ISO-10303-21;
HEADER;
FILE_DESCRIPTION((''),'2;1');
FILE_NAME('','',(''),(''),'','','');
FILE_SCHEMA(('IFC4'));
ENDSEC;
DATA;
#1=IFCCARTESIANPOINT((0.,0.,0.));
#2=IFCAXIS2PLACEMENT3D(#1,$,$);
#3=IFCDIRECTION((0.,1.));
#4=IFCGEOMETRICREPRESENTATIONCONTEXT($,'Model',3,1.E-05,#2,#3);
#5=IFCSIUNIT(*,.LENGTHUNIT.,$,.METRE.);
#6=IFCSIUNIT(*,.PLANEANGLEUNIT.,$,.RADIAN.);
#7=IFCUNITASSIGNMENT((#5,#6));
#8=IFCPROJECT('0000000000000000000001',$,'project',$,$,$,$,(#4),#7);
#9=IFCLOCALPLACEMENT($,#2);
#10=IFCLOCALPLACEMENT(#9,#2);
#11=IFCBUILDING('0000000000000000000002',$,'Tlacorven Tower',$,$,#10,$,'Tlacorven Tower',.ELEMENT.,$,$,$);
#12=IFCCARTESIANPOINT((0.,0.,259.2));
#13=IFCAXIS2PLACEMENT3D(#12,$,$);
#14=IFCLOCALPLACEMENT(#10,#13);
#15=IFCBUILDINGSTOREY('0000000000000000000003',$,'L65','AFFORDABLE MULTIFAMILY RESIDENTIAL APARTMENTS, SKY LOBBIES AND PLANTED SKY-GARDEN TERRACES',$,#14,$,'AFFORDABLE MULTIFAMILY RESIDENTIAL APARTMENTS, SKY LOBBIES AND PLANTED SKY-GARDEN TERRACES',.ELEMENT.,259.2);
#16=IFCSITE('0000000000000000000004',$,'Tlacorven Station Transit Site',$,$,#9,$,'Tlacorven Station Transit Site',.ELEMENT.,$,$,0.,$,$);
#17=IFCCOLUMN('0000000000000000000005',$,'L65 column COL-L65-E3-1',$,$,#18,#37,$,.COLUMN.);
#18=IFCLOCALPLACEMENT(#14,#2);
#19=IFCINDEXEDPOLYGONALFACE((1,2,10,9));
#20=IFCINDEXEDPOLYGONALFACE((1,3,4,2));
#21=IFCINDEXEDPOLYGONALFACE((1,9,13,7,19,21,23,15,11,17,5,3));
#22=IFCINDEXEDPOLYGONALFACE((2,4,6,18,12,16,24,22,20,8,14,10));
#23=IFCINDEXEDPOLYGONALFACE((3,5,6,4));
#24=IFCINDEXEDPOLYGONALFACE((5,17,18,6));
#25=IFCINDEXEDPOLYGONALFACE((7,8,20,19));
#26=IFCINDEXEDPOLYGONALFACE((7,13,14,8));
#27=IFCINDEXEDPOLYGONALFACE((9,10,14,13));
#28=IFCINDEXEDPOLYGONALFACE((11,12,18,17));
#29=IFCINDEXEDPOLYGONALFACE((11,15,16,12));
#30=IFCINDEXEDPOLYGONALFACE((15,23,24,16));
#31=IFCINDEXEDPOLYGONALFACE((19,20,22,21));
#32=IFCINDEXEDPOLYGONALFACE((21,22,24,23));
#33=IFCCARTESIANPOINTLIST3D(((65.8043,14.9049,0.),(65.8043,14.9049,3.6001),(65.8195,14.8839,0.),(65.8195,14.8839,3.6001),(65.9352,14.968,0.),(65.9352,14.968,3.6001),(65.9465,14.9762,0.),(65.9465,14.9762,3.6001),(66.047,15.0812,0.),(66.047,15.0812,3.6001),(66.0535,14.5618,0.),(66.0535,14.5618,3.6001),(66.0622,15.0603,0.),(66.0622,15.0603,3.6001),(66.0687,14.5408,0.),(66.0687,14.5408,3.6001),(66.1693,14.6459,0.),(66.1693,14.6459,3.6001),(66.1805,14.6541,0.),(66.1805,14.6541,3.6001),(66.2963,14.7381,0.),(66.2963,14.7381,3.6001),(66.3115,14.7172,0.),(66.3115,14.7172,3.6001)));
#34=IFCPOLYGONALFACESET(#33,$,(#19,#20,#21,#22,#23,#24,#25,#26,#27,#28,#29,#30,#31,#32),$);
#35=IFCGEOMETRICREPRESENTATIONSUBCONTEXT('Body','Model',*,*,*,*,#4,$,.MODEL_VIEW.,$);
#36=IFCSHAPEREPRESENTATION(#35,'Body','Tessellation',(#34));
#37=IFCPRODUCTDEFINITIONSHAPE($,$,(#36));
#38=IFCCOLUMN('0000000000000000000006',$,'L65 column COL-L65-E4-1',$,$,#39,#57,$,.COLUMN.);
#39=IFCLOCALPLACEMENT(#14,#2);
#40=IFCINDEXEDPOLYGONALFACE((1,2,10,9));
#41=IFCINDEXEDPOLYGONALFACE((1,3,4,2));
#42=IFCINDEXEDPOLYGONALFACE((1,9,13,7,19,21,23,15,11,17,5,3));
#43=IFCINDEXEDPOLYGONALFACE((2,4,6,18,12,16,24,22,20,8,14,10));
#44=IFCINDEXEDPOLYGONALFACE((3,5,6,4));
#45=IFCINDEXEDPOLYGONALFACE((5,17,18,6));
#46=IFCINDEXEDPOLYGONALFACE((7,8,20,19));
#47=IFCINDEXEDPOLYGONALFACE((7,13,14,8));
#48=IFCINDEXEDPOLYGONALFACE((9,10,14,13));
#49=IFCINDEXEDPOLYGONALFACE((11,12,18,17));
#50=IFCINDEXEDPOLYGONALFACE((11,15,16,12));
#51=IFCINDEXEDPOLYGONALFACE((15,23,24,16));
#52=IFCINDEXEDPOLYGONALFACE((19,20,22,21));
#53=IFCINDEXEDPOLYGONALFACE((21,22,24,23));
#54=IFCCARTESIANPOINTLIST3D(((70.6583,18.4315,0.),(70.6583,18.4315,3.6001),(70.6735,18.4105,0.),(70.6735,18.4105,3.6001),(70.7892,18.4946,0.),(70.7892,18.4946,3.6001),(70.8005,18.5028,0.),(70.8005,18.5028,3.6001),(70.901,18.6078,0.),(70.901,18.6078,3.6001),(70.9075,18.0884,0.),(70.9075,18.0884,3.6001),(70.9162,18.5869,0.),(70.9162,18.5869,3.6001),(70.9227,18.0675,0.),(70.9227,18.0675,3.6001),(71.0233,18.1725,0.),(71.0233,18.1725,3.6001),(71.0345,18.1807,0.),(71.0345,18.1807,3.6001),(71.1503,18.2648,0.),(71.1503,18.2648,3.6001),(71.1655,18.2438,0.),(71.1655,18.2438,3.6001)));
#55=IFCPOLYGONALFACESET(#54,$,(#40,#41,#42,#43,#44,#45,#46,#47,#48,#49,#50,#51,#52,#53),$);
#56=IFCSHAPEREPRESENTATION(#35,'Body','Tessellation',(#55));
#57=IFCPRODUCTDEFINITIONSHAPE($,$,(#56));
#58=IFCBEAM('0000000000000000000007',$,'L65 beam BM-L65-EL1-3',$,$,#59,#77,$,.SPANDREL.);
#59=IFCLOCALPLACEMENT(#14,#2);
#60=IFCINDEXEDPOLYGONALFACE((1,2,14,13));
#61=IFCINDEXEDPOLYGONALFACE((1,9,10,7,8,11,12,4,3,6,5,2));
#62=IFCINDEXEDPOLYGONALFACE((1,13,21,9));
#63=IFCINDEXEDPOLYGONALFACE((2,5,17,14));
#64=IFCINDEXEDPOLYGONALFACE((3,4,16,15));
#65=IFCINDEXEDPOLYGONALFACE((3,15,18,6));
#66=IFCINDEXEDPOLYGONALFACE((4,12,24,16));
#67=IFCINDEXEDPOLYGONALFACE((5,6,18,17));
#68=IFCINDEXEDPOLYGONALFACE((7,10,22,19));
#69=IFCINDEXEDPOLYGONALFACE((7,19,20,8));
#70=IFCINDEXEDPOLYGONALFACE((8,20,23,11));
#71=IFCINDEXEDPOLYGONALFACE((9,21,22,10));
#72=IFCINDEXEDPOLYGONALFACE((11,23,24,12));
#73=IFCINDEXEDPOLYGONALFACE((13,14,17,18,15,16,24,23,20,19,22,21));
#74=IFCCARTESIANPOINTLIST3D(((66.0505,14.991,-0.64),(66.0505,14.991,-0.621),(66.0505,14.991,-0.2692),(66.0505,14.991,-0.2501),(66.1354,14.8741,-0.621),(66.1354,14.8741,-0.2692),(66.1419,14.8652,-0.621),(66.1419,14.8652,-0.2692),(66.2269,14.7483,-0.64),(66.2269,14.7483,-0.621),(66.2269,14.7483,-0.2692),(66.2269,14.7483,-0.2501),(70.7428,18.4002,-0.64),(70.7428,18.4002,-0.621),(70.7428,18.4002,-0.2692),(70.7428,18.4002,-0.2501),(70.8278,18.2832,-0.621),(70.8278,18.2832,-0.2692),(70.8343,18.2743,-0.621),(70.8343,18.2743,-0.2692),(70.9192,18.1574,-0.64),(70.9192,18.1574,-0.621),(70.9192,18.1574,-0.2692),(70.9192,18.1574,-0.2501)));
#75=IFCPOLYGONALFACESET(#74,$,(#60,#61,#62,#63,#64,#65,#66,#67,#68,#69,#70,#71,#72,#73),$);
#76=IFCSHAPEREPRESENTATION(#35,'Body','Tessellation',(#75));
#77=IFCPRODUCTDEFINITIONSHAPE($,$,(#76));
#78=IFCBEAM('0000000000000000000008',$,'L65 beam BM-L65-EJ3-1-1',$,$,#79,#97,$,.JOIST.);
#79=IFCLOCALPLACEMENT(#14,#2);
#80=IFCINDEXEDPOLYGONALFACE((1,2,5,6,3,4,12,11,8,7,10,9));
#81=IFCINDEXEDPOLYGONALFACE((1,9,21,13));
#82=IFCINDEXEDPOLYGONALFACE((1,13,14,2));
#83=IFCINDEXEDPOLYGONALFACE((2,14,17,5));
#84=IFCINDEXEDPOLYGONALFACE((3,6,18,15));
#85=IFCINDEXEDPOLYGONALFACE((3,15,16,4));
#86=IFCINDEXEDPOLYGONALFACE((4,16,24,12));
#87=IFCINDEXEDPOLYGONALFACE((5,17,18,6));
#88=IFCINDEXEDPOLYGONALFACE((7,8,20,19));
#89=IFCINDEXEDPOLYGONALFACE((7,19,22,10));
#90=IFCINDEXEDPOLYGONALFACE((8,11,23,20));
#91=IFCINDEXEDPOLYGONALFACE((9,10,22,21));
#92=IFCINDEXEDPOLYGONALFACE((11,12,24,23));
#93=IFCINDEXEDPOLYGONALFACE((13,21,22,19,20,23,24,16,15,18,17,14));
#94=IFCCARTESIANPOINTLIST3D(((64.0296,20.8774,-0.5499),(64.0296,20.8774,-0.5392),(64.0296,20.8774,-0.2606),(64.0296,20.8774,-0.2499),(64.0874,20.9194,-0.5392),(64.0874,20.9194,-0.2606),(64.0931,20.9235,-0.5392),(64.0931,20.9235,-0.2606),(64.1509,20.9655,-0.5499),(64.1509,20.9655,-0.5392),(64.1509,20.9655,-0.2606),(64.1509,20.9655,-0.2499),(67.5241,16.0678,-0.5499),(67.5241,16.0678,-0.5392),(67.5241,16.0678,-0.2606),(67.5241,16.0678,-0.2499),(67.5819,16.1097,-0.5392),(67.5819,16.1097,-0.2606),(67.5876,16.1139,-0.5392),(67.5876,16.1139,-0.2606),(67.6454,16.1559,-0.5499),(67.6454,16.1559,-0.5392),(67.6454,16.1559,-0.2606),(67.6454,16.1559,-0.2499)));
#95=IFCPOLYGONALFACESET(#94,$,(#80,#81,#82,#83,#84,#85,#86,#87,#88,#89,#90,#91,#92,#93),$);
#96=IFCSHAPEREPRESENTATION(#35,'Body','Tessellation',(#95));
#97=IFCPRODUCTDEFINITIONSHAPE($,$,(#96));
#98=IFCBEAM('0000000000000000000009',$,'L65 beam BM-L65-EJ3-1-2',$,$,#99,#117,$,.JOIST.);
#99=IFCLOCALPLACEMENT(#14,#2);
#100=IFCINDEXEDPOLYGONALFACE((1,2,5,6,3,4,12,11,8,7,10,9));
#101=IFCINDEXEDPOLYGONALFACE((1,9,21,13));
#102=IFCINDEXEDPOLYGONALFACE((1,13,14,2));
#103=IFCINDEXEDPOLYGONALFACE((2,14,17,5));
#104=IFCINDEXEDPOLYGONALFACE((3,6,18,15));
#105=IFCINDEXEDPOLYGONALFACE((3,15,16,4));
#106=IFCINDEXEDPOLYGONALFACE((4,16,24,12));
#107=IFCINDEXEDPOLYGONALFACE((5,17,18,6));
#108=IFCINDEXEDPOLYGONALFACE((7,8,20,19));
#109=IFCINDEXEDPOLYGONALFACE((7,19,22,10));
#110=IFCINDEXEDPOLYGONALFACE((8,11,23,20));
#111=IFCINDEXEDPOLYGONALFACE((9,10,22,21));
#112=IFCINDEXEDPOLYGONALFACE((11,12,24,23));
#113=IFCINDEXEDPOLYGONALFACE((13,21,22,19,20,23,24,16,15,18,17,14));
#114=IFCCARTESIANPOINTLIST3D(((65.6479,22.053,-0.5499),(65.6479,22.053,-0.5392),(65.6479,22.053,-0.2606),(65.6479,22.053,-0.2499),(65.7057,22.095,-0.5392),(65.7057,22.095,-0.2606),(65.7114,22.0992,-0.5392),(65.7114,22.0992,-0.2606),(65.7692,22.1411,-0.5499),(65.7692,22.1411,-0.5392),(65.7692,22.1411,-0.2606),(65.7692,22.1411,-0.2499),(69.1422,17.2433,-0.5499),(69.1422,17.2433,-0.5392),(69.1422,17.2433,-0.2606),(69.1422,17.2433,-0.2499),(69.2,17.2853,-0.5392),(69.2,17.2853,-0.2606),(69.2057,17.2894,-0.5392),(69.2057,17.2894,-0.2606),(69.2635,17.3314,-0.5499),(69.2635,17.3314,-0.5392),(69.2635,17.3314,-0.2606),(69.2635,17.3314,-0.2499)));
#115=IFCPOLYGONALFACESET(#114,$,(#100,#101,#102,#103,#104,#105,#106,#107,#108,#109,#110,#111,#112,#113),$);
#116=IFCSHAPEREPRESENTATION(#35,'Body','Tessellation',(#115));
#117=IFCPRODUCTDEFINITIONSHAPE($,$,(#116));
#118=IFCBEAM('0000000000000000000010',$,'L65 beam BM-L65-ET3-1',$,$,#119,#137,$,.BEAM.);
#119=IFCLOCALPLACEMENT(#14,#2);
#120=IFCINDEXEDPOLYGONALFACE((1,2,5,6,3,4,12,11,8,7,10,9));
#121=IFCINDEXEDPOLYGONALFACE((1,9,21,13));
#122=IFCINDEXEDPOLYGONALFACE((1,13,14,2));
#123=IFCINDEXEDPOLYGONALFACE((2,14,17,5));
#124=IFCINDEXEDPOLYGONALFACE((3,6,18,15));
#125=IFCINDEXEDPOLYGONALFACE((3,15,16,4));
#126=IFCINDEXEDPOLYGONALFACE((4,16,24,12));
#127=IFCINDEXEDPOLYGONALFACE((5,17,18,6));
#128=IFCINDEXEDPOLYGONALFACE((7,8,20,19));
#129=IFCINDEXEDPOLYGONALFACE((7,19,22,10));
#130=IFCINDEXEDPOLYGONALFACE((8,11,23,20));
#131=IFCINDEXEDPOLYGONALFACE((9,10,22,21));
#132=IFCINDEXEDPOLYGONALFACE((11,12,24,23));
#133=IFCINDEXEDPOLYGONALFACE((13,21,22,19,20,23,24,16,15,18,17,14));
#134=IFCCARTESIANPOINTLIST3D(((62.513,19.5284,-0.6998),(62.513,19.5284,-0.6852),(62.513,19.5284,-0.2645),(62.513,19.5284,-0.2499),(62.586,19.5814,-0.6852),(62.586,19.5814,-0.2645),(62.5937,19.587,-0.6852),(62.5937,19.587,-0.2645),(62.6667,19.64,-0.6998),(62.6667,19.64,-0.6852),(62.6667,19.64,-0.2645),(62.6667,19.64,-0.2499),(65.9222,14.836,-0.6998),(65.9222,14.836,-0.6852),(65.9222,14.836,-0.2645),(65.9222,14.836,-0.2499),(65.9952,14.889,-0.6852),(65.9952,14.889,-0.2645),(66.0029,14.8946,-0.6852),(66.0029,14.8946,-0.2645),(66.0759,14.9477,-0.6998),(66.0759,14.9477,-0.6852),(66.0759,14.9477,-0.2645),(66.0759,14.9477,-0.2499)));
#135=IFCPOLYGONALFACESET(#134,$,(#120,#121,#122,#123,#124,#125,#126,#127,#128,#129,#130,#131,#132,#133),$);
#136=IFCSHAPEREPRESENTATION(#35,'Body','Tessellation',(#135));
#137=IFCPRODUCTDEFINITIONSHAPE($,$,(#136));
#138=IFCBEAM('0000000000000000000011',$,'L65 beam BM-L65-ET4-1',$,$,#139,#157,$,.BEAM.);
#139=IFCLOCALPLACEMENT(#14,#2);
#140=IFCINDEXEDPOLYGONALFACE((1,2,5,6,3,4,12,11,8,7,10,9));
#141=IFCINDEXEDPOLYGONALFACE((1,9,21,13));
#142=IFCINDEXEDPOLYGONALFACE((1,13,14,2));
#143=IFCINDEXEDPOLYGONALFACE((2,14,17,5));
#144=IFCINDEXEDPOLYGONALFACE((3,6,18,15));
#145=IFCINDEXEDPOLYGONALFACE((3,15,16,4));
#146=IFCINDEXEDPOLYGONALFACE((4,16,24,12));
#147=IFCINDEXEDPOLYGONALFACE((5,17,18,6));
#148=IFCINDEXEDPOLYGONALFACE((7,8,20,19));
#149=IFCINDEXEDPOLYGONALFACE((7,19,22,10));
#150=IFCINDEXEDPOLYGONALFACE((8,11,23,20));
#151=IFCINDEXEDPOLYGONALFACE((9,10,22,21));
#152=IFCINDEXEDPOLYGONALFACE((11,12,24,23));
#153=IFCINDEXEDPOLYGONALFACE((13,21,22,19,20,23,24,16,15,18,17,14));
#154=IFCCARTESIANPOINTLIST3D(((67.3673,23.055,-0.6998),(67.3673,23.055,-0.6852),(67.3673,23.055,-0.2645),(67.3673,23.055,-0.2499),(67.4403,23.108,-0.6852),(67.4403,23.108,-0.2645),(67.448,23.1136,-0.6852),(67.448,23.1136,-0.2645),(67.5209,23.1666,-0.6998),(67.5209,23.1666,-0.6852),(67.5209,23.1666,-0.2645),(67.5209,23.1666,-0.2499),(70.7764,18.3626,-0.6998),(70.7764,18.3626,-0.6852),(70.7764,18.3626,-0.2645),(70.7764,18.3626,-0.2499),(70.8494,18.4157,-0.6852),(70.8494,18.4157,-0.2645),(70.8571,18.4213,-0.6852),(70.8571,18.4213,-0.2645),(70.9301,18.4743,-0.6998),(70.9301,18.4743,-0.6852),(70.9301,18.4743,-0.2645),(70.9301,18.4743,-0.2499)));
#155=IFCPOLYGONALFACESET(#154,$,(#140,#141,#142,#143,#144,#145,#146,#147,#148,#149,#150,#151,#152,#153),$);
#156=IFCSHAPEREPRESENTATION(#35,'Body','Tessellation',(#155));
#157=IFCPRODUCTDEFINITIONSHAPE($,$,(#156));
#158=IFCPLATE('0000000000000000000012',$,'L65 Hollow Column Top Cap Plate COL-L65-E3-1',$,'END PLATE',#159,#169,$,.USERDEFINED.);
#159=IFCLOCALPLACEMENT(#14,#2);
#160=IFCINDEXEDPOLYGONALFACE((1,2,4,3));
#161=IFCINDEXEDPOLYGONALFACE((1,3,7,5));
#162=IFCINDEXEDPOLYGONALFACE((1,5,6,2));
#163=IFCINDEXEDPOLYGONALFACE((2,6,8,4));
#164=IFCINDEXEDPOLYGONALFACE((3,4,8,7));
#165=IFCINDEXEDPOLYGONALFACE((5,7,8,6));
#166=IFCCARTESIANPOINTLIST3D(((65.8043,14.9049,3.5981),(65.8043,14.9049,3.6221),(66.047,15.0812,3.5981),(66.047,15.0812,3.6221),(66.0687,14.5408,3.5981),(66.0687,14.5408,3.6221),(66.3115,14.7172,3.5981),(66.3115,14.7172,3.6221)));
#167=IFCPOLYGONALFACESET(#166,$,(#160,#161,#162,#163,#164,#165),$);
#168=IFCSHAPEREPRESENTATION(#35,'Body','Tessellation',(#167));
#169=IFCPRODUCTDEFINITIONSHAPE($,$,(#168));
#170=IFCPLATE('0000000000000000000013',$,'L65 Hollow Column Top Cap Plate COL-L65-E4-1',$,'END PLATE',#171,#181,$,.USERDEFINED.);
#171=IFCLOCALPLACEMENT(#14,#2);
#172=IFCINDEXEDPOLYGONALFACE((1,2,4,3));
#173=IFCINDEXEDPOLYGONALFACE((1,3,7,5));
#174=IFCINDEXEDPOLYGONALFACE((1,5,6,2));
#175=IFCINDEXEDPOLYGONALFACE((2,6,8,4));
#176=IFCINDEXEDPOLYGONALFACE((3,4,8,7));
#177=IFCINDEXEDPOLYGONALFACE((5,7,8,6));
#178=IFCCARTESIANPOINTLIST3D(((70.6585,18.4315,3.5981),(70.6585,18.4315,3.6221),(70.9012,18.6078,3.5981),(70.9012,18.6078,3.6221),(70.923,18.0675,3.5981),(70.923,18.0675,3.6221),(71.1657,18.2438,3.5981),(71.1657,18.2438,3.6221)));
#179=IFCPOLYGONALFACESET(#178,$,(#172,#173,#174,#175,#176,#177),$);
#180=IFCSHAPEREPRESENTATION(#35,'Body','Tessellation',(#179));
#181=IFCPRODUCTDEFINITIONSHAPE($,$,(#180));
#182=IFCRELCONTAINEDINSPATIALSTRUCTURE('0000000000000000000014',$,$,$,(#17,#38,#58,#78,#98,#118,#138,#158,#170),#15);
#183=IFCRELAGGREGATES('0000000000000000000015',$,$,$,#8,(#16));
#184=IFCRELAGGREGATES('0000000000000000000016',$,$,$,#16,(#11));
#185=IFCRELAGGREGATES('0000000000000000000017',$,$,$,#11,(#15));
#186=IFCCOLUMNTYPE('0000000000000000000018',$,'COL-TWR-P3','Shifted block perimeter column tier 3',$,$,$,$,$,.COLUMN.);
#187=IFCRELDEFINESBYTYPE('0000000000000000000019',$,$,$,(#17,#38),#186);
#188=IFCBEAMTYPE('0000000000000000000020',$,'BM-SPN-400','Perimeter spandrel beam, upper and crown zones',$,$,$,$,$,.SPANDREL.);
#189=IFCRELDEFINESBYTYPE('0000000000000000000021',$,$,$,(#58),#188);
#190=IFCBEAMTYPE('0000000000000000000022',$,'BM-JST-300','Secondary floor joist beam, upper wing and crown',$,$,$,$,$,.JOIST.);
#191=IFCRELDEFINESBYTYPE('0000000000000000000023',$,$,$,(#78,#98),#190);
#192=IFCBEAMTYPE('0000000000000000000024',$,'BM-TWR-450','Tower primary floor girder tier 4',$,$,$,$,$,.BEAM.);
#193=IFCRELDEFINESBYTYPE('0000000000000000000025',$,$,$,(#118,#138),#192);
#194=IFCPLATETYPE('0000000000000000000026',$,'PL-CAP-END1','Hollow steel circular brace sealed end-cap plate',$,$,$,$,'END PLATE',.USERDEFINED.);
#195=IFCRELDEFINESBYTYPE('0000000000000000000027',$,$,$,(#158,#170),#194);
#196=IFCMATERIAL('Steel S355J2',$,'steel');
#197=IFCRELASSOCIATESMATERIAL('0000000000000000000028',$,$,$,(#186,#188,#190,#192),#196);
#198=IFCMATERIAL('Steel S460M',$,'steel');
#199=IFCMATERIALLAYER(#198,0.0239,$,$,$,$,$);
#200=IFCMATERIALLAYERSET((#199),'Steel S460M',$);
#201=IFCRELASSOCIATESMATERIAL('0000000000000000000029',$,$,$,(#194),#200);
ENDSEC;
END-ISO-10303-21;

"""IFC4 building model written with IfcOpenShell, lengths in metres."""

from ifc_helpers import new_model, si_unit, direction, frame, origin, origin_2d, place, context, subcontext, project, spatial, rectangle, i_section, extrude, source, transform, mapped, material, layer, layer_set, material_profile, profile_set, type_object, element, save


model = new_model("IFC4")

# Units and contexts
model_context = context("Model", 3, precision=1e-05, world=origin(), true_north=direction((0.0, 1.0)))
body_context = subcontext(model_context, "Body", "Model", "MODEL_VIEW")
ifc_project = project(units=[si_unit("LENGTHUNIT", "METRE"), si_unit("PLANEANGLEUNIT", "RADIAN")], contexts=[model_context])

# Site, building, storey
site_placement = place(None, origin())
site = spatial("IfcSite", under=ifc_project, at=site_placement, Name="Tlacorven Station Transit Site", LongName="Tlacorven Station Transit Site", CompositionType="ELEMENT", RefElevation=0.0)
building_placement = place(site_placement, origin())
building = spatial("IfcBuilding", under=site, at=building_placement, Name="Tlacorven Tower", LongName="Tlacorven Tower", CompositionType="ELEMENT")
storey_placement = place(building_placement, frame((0.0, 0.0, 259.2)))
storey = spatial("IfcBuildingStorey", under=building, at=storey_placement, Name="L65", Description="AFFORDABLE MULTIFAMILY RESIDENTIAL APARTMENTS, SKY LOBBIES AND PLANTED SKY-GARDEN TERRACES", LongName="AFFORDABLE MULTIFAMILY RESIDENTIAL APARTMENTS, SKY LOBBIES AND PLANTED SKY-GARDEN TERRACES", CompositionType="ELEMENT", Elevation=259.2)

# Columns
ifc_material_1 = material(Name="Steel S355J2", Category="steel")
ifc_material_profile_1 = material_profile(ifc_material_1, i_section(OverallWidth=0.3, OverallDepth=0.45, WebThickness=0.0139, FlangeThickness=0.0259, at=origin_2d()), Name="HEB 450")
ifc_profile_set_1 = profile_set([ifc_material_profile_1], Name="Steel S355J2")
column_type = type_object("IfcColumnType", Name="COL-TWR-P3", Description="Shifted block perimeter column tier 3", PredefinedType="COLUMN", material=ifc_profile_set_1)
shared_shape_1 = source(origin(), body_context, "Body", "SweptSolid", [
    extrude(i_section(OverallWidth=0.3, OverallDepth=0.45, WebThickness=0.0139, FlangeThickness=0.0259, at=origin_2d()), origin(), (0.0, 0.0, 1.0), 3.6001),
])
for number, where, z_axis, x_axis, name in (
    (1, (66.0579, 14.811, 0.0), (0.0, 0.0, 1.0), (0.809017, 0.587785, 0.0), "L65 column COL-L65-E3-1"),
    (2, (70.9119, 18.3376, 0.0), (0.0, 0.0, 1.0), (0.809017, 0.587785, 0.0), "L65 column COL-L65-E4-1"),
):
    element("IfcColumn", number, at=place(storey_placement, frame(where, z_axis=z_axis, x_axis=x_axis)), inside=storey, type_object=column_type, Name=name, PredefinedType="COLUMN", context=body_context, shape_type="MappedRepresentation", body=[
        mapped(shared_shape_1, transform((0.0, 0.0, 0.0), scale=1.0)),
    ])

# Beams
ifc_material_profile_2 = material_profile(ifc_material_1, i_section(OverallWidth=0.3, OverallDepth=0.3899, WebThickness=0.011, FlangeThickness=0.019, at=origin_2d()), Name="HEA 400")
ifc_profile_set_2 = profile_set([ifc_material_profile_2], Name="Steel S355J2")
beam_type_1 = type_object("IfcBeamType", Name="BM-SPN-400", Description="Perimeter spandrel beam, upper and crown zones", PredefinedType="SPANDREL", material=ifc_profile_set_2)
shared_shape_2 = source(origin(), body_context, "Body", "SweptSolid", [
    extrude(i_section(OverallWidth=0.3, OverallDepth=0.3899, WebThickness=0.011, FlangeThickness=0.019, at=origin_2d()), origin(), (0.0, 0.0, 1.0), 5.8),
])
beam_placement = place(storey_placement, frame((66.1387, 14.8696, -0.4451), z_axis=(0.80902, 0.587781, 0.0), x_axis=(-0.587781, 0.80902, 0.0)))
element("IfcBeam", 3, at=beam_placement, inside=storey, type_object=beam_type_1, Name="L65 beam BM-L65-EL1-3", PredefinedType="SPANDREL", context=body_context, shape_type="MappedRepresentation", body=[
    mapped(shared_shape_2, transform((0.0, 0.0, 0.0), scale=1.0)),
])
ifc_material_profile_3 = material_profile(ifc_material_1, i_section(OverallWidth=0.1499, OverallDepth=0.3, WebThickness=0.0071, FlangeThickness=0.0107, at=origin_2d()), Name="IPE 300")
ifc_profile_set_3 = profile_set([ifc_material_profile_3], Name="Steel S355J2")
beam_type_2 = type_object("IfcBeamType", Name="BM-JST-300", Description="Secondary floor joist beam, upper wing and crown", PredefinedType="JOIST", material=ifc_profile_set_3)
shared_shape_3 = source(origin(), body_context, "Body", "SweptSolid", [
    extrude(i_section(OverallWidth=0.1499, OverallDepth=0.3, WebThickness=0.0071, FlangeThickness=0.0107, at=origin_2d()), origin(), (0.0, 0.0, 1.0), 5.9451),
])
for number, where, z_axis, x_axis, name in (
    (4, (67.5847, 16.1118, -0.3999), (-0.587788, 0.809015, 0.0), (-0.809015, -0.587788, 0.0), "L65 beam BM-L65-EJ3-1-1"),
    (5, (69.2029, 17.2874, -0.3999), (-0.587769, 0.809029, 0.0), (-0.809029, -0.587769, 0.0), "L65 beam BM-L65-EJ3-1-2"),
):
    element("IfcBeam", number, at=place(storey_placement, frame(where, z_axis=z_axis, x_axis=x_axis)), inside=storey, type_object=beam_type_2, Name=name, PredefinedType="JOIST", context=body_context, shape_type="MappedRepresentation", body=[
        mapped(shared_shape_3, transform((0.0, 0.0, 0.0), scale=1.0)),
    ])
ifc_material_profile_4 = material_profile(ifc_material_1, i_section(OverallWidth=0.1899, OverallDepth=0.45, WebThickness=0.0095, FlangeThickness=0.0146, at=origin_2d()), Name="IPE 450")
ifc_profile_set_4 = profile_set([ifc_material_profile_4], Name="Steel S355J2")
beam_type_3 = type_object("IfcBeamType", Name="BM-TWR-450", Description="Tower primary floor girder tier 4", PredefinedType="BEAM", material=ifc_profile_set_4)
shared_shape_4 = source(origin(), body_context, "Body", "SweptSolid", [
    extrude(i_section(OverallWidth=0.1899, OverallDepth=0.45, WebThickness=0.0095, FlangeThickness=0.0146, at=origin_2d()), origin(), (0.0, 0.0, 1.0), 5.8),
])
for number, where, z_axis, x_axis, name in (
    (6, (65.999, 14.8918, -0.4749), (-0.587781, 0.80902, 0.0), (-0.80902, -0.587781, 0.0), "L65 beam BM-L65-ET3-1"),
    (7, (70.8533, 18.4185, -0.4749), (-0.587781, 0.80902, 0.0), (-0.80902, -0.587781, 0.0), "L65 beam BM-L65-ET4-1"),
):
    element("IfcBeam", number, at=place(storey_placement, frame(where, z_axis=z_axis, x_axis=x_axis)), inside=storey, type_object=beam_type_3, Name=name, PredefinedType="BEAM", context=body_context, shape_type="MappedRepresentation", body=[
        mapped(shared_shape_4, transform((0.0, 0.0, 0.0), scale=1.0)),
    ])

# Plates
ifc_material_2 = material(Name="Steel S460M", Category="steel")
ifc_layer_1 = layer(ifc_material_2, 0.0239)
ifc_layer_set_1 = layer_set([ifc_layer_1], Name="Steel S460M")
plate_type = type_object("IfcPlateType", Name="PL-CAP-END1", Description="Hollow steel circular brace sealed end-cap plate", ElementType="END PLATE", PredefinedType="USERDEFINED", material=ifc_layer_set_1)
shared_shape_5 = source(origin(), body_context, "Body", "SweptSolid", [
    extrude(rectangle(XDim=0.3, YDim=0.45, at=origin_2d()), origin(), (0.0, 0.0, 1.0), 0.0239),
])
for number, where, z_axis, x_axis, name in (
    (8, (66.0579, 14.811, 3.5981), (0.0, 0.0, 1.0), (0.809017, 0.587785, 0.0), "L65 Hollow Column Top Cap Plate COL-L65-E3-1"),
    (9, (70.9121, 18.3376, 3.5981), (0.0, 0.0, 1.0), (0.809017, 0.587785, 0.0), "L65 Hollow Column Top Cap Plate COL-L65-E4-1"),
):
    element("IfcPlate", number, at=place(storey_placement, frame(where, z_axis=z_axis, x_axis=x_axis)), inside=storey, type_object=plate_type, Name=name, ObjectType="END PLATE", PredefinedType="USERDEFINED", context=body_context, shape_type="MappedRepresentation", body=[
        mapped(shared_shape_5, transform((0.0, 0.0, 0.0), scale=1.0)),
    ])

save(model, "model.ifc")
